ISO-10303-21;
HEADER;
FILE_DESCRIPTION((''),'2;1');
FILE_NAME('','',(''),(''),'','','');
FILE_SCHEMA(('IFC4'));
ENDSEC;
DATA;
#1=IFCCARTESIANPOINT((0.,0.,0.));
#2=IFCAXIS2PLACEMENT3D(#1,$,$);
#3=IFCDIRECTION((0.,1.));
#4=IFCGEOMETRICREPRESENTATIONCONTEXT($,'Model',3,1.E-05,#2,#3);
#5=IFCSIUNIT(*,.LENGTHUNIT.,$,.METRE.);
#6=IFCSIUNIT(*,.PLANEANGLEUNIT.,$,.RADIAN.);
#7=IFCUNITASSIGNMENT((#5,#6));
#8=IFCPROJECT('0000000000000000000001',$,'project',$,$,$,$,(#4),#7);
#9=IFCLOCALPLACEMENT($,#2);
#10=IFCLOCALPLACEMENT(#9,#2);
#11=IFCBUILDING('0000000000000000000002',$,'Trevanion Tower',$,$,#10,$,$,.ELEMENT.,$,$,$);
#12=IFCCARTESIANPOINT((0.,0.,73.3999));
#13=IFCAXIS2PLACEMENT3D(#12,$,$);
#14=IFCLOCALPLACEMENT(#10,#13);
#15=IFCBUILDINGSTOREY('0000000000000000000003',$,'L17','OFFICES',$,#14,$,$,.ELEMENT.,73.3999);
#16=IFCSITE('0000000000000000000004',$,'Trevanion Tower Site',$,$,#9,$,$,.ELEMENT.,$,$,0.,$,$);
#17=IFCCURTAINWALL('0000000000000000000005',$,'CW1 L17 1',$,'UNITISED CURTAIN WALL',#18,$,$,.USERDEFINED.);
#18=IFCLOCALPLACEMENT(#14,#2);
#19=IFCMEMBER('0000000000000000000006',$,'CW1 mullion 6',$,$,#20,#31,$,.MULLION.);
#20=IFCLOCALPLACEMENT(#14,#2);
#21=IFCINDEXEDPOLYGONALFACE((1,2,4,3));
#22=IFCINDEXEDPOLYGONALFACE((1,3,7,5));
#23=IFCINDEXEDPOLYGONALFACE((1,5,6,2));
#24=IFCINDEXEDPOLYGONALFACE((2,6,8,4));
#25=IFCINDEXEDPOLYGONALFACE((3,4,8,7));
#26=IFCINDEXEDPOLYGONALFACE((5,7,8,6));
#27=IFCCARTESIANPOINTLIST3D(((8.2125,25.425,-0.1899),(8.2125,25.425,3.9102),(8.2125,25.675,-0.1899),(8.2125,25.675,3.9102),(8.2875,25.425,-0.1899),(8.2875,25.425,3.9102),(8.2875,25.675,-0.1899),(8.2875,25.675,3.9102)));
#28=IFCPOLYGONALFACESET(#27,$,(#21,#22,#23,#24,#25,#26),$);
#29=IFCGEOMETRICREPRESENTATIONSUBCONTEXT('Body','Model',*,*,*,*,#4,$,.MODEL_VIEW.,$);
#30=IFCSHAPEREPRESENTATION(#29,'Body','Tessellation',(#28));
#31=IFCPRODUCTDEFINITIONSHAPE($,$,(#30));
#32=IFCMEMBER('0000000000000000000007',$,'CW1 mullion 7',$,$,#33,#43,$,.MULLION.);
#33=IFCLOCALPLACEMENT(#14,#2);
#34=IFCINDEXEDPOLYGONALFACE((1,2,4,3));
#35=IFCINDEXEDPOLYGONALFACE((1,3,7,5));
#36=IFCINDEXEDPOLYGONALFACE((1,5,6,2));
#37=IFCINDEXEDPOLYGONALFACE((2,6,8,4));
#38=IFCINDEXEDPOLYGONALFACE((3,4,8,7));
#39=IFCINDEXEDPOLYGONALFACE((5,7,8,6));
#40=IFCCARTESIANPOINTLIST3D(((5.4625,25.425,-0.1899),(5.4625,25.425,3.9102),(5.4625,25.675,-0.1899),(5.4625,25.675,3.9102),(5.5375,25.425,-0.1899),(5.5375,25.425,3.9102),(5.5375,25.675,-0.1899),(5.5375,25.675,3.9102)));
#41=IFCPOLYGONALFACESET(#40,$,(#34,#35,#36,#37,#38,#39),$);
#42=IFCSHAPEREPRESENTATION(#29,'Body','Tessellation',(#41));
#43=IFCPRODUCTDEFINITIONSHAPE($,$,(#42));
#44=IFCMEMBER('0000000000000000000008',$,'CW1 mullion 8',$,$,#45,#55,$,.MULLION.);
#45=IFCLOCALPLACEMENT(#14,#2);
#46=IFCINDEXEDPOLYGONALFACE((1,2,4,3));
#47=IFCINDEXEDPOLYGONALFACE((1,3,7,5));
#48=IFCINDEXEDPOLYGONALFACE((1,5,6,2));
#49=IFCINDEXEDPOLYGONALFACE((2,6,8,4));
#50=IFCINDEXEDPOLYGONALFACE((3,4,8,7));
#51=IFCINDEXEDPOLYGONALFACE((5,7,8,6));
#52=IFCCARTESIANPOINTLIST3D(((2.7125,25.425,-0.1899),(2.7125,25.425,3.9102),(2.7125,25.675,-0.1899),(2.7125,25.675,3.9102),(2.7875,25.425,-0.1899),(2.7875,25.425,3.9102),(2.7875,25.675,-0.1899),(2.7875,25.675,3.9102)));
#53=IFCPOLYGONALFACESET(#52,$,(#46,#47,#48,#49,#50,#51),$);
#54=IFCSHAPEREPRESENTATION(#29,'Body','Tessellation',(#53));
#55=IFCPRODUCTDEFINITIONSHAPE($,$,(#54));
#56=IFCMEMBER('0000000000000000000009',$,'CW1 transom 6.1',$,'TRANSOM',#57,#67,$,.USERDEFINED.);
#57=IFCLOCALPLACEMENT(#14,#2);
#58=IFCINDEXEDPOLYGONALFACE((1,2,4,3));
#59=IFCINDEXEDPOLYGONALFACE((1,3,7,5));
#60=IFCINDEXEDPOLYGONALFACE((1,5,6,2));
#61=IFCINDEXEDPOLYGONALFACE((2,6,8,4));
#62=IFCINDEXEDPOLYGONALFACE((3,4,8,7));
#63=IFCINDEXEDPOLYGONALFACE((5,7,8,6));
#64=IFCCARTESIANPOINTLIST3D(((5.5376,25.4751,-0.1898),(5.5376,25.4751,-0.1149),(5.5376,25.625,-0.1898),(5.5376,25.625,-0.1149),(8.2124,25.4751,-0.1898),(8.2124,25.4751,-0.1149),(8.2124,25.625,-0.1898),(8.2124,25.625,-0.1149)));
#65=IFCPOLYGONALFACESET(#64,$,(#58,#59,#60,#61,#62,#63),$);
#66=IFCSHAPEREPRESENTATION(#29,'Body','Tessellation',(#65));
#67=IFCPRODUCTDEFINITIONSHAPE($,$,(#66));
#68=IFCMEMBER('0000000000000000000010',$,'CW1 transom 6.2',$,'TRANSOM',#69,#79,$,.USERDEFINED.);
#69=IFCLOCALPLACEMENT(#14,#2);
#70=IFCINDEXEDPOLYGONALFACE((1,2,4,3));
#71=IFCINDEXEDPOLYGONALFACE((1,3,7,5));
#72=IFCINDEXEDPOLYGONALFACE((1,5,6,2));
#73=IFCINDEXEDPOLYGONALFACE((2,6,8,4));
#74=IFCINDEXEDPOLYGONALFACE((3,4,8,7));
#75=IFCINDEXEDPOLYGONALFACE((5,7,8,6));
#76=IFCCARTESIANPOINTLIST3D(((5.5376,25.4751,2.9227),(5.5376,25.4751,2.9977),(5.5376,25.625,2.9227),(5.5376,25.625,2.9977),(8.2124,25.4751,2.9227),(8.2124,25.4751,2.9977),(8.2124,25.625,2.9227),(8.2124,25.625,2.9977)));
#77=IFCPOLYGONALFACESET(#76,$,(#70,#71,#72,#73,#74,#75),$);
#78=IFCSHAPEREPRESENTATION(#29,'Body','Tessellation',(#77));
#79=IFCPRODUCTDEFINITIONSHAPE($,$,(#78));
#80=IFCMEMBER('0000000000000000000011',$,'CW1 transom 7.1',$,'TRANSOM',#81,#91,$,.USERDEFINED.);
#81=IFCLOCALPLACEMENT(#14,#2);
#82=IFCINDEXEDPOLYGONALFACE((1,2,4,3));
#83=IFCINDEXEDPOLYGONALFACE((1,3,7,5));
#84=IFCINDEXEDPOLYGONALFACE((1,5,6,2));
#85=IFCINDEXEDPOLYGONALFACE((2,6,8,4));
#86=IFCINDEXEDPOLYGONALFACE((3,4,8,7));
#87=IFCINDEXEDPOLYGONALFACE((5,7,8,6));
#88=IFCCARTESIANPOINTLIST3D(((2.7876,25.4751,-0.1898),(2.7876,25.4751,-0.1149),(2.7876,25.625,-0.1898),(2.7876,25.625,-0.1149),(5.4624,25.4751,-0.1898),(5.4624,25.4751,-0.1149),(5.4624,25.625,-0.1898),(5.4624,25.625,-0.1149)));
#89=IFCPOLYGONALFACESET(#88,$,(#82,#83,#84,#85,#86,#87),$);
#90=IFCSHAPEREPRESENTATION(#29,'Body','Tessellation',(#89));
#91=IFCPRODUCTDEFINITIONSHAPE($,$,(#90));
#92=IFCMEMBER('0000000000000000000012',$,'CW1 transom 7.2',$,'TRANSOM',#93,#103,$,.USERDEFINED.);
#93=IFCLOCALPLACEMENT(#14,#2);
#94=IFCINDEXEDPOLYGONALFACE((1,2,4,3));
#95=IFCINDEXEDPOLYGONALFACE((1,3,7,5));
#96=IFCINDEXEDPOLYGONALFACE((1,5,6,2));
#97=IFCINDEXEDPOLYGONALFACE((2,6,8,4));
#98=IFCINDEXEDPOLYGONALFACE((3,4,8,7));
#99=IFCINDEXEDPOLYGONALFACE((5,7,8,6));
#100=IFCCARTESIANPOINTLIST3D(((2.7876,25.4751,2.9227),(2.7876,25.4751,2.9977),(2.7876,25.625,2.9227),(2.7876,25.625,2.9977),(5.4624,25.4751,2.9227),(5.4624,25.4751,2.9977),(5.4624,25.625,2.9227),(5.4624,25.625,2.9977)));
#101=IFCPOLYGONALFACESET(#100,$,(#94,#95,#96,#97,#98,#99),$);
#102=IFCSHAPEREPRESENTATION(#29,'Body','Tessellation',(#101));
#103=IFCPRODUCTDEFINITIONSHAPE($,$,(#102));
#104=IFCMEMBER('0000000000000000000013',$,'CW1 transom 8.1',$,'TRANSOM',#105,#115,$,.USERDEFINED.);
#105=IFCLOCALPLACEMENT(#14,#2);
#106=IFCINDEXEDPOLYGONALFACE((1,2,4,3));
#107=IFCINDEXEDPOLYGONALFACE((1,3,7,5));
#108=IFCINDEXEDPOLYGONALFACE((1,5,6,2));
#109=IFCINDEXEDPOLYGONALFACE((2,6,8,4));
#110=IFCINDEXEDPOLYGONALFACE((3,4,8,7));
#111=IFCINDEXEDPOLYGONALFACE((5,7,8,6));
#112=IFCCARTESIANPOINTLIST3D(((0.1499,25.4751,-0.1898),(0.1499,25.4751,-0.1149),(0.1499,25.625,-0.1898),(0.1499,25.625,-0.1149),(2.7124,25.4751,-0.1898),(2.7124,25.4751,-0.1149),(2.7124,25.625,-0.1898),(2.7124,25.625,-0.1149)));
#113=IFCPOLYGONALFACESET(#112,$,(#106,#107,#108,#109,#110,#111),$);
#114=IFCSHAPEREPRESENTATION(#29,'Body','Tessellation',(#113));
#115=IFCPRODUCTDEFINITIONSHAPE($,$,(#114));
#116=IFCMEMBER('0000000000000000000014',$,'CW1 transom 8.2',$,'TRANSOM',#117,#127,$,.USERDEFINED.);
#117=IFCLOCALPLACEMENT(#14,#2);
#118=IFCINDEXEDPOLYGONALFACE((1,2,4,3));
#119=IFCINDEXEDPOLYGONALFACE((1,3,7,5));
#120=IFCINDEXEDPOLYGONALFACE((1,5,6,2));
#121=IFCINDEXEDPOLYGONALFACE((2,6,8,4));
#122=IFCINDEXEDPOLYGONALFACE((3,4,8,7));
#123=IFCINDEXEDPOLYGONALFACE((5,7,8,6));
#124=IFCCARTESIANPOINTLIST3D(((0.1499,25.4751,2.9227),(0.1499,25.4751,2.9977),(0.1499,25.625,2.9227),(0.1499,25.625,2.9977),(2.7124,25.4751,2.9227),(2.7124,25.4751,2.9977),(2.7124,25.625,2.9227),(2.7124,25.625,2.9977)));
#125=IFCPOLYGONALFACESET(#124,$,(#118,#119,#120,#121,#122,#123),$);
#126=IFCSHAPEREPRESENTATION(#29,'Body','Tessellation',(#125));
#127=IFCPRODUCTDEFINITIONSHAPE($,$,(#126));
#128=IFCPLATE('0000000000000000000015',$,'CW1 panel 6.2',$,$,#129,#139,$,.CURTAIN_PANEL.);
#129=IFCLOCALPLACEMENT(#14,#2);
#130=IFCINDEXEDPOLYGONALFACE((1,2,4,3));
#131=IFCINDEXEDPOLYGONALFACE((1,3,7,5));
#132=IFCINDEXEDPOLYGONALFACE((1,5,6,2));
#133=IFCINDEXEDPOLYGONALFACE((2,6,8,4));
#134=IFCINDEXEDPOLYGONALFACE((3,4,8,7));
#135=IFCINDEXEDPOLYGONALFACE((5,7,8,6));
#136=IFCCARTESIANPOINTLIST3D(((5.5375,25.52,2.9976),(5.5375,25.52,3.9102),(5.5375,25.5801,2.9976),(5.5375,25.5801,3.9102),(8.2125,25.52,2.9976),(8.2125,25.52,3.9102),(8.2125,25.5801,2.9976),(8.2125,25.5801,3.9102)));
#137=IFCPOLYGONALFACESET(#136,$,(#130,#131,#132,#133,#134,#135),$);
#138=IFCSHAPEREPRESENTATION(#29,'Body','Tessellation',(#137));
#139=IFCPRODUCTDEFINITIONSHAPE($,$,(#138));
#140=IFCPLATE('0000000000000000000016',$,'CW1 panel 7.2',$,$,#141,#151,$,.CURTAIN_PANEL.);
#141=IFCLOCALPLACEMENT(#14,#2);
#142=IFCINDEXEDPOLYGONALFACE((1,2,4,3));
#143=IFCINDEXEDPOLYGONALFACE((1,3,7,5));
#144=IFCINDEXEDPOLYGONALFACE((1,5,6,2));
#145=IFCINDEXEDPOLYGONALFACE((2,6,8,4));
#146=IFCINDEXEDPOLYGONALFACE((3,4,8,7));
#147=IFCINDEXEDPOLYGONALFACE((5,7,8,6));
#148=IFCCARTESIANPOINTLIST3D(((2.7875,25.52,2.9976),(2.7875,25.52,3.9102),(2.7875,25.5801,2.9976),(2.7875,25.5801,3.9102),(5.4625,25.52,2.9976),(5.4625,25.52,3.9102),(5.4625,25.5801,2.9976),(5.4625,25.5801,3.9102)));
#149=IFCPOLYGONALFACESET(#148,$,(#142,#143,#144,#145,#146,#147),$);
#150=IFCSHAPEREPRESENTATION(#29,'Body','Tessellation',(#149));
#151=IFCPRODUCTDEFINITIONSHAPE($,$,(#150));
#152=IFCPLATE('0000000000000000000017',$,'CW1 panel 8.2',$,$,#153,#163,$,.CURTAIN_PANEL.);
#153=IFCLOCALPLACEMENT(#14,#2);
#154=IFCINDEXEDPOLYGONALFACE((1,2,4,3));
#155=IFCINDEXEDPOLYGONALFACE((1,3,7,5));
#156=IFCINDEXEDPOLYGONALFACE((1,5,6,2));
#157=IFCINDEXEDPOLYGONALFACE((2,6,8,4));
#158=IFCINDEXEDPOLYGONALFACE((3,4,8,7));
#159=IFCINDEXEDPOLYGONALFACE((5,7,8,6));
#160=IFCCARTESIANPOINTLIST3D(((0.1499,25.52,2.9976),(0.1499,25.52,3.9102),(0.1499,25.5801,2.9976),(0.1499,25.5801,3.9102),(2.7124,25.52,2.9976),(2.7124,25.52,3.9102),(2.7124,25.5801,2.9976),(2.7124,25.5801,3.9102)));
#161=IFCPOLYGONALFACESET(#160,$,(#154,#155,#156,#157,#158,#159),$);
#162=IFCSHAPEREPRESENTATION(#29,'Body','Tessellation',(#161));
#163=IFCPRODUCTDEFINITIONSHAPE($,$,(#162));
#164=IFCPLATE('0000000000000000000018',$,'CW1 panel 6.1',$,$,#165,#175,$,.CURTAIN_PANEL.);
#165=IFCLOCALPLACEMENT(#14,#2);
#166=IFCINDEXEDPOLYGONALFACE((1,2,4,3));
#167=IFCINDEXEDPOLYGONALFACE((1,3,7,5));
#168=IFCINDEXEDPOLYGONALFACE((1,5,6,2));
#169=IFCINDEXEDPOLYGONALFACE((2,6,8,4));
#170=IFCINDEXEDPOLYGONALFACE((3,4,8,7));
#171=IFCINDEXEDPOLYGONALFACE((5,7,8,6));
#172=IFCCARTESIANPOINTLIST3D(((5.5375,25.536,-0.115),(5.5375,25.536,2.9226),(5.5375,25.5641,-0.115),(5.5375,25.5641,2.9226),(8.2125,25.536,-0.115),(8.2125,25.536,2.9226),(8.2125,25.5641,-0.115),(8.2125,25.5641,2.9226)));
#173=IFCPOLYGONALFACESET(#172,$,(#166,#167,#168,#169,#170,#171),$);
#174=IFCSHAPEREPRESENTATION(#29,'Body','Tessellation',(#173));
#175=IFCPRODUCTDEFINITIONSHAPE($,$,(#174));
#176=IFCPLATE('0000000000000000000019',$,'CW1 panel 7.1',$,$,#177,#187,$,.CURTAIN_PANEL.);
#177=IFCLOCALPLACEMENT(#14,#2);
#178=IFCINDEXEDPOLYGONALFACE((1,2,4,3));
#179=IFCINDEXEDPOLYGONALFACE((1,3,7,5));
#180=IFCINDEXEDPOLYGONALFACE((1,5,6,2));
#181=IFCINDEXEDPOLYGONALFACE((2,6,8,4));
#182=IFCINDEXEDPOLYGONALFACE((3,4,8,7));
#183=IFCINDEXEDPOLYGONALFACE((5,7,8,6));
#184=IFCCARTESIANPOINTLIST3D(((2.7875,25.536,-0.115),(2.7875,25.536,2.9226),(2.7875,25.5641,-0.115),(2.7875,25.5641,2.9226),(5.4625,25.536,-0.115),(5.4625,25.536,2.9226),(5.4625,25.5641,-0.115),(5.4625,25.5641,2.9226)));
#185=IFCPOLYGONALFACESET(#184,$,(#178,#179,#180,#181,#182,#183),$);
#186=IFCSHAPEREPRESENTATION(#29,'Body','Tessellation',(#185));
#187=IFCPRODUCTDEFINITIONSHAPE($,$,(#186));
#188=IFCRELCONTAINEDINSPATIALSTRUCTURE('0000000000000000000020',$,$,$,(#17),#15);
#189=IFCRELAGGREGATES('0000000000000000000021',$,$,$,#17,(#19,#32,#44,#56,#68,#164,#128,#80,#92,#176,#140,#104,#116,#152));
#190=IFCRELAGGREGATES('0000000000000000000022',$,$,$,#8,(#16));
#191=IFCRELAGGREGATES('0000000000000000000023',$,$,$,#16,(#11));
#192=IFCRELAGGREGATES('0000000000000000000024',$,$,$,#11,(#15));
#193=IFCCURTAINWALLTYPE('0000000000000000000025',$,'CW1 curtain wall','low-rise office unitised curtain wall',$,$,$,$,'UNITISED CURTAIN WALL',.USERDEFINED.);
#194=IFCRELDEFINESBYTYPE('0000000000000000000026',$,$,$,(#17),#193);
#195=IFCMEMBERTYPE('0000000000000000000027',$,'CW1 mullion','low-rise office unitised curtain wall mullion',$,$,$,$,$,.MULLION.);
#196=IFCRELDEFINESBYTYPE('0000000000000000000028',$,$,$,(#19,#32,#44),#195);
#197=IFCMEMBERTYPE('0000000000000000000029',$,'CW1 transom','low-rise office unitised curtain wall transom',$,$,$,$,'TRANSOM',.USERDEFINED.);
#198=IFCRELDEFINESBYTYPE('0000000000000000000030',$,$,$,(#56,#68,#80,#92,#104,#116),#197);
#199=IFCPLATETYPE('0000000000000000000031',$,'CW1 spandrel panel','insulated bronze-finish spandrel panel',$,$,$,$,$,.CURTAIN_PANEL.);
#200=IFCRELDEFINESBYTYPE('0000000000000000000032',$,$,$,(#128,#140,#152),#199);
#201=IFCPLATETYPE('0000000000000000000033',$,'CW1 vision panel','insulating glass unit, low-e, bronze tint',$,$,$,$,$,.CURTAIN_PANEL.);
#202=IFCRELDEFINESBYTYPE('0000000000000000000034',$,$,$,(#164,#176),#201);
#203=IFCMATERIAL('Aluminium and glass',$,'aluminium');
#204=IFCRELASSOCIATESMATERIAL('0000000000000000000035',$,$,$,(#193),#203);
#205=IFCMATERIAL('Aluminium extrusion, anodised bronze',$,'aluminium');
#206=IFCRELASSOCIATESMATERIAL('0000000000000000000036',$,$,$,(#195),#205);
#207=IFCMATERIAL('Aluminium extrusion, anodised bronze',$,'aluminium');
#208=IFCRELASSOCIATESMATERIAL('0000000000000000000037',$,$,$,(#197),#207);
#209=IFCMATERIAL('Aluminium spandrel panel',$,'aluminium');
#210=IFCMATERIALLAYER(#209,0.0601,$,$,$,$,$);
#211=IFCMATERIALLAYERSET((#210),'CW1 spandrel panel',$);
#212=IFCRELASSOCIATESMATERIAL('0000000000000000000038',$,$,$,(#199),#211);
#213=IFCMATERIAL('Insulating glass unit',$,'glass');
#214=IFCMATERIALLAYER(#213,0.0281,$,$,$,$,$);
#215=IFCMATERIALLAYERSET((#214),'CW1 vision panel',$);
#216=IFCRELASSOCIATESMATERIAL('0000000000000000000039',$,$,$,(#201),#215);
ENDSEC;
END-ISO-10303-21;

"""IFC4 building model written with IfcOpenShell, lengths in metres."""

from ifc_helpers import new_model, si_unit, direction, frame, origin, origin_2d, place, context, subcontext, project, spatial, rectangle, extrude, material, layer, layer_set, material_profile, profile_set, type_object, element, aggregate, save


model = new_model("IFC4")

# Units and contexts
model_context = context("Model", 3, precision=1e-05, world=origin(), true_north=direction((0.0, 1.0)))
body_context = subcontext(model_context, "Body", "Model", "MODEL_VIEW")
ifc_project = project(units=[si_unit("LENGTHUNIT", "METRE"), si_unit("PLANEANGLEUNIT", "RADIAN")], contexts=[model_context])

# Site, building, storey
site_placement = place(None, origin())
site = spatial("IfcSite", under=ifc_project, at=site_placement, Name="Trevanion Tower Site", CompositionType="ELEMENT", RefElevation=0.0)
building_placement = place(site_placement, origin())
building = spatial("IfcBuilding", under=site, at=building_placement, Name="Trevanion Tower", CompositionType="ELEMENT")
storey_placement = place(building_placement, frame((0.0, 0.0, 73.3999)))
storey = spatial("IfcBuildingStorey", under=building, at=storey_placement, Name="L17", Description="OFFICES", CompositionType="ELEMENT", Elevation=73.3999)

# Curtain wall, members, plates
ifc_material_1 = material(Name="Aluminium and glass", Category="aluminium")
curtain_wall_type = type_object("IfcCurtainWallType", Name="CW1 curtain wall", Description="low-rise office unitised curtain wall", ElementType="UNITISED CURTAIN WALL", PredefinedType="USERDEFINED", material=ifc_material_1)
curtain_wall_placement = place(storey_placement, origin())
curtain_wall = element("IfcCurtainWall", 1, at=curtain_wall_placement, inside=storey, type_object=curtain_wall_type, Name="CW1 L17 1", ObjectType="UNITISED CURTAIN WALL", PredefinedType="USERDEFINED")
ifc_material_2 = material(Name="Aluminium extrusion, anodised bronze", Category="aluminium")
ifc_material_profile_1 = material_profile(ifc_material_2, rectangle(XDim=0.075, YDim=0.25, at=origin_2d()), Name="CW1 mullion")
ifc_profile_set_1 = profile_set([ifc_material_profile_1], Name="Aluminium extrusion, anodised bronze")
member_type_1 = type_object("IfcMemberType", Name="CW1 mullion", Description="low-rise office unitised curtain wall mullion", PredefinedType="MULLION", material=ifc_profile_set_1)
member_1_placement = place(storey_placement, frame((8.25, 25.55, -0.1899), z_axis=(0.0, 0.0, 1.0), x_axis=(-1.0, 0.0, 0.0)))
member_1 = element("IfcMember", 2, at=member_1_placement, type_object=member_type_1, Name="CW1 mullion 6", PredefinedType="MULLION", context=body_context, shape_type="SweptSolid", body=[
    extrude(rectangle(XDim=0.075, YDim=0.25, at=origin_2d()), origin(), (0.0, 0.0, 1.0), 4.1001),
])
member_2_placement = place(storey_placement, frame((5.5, 25.55, -0.1899), z_axis=(0.0, 0.0, 1.0), x_axis=(-1.0, 0.0, 0.0)))
member_2 = element("IfcMember", 3, at=member_2_placement, type_object=member_type_1, Name="CW1 mullion 7", PredefinedType="MULLION", context=body_context, shape_type="SweptSolid", body=[
    extrude(rectangle(XDim=0.075, YDim=0.25, at=origin_2d()), origin(), (0.0, 0.0, 1.0), 4.1001),
])
member_3_placement = place(storey_placement, frame((2.75, 25.55, -0.1899), z_axis=(0.0, 0.0, 1.0), x_axis=(-1.0, 0.0, 0.0)))
member_3 = element("IfcMember", 4, at=member_3_placement, type_object=member_type_1, Name="CW1 mullion 8", PredefinedType="MULLION", context=body_context, shape_type="SweptSolid", body=[
    extrude(rectangle(XDim=0.075, YDim=0.25, at=origin_2d()), origin(), (0.0, 0.0, 1.0), 4.1001),
])
ifc_material_3 = material(Name="Aluminium extrusion, anodised bronze", Category="aluminium")
ifc_material_profile_2 = material_profile(ifc_material_3, rectangle(XDim=0.1499, YDim=0.075, at=origin_2d()), Name="CW1 transom")
ifc_profile_set_2 = profile_set([ifc_material_profile_2], Name="Aluminium extrusion, anodised bronze")
member_type_2 = type_object("IfcMemberType", Name="CW1 transom", Description="low-rise office unitised curtain wall transom", ElementType="TRANSOM", PredefinedType="USERDEFINED", material=ifc_profile_set_2)
member_4_placement = place(storey_placement, frame((8.2124, 25.55, -0.1523), z_axis=(-1.0, 0.0, 0.0), x_axis=(0.0, -1.0, 0.0)))
member_4 = element("IfcMember", 5, at=member_4_placement, type_object=member_type_2, Name="CW1 transom 6.1", ObjectType="TRANSOM", PredefinedType="USERDEFINED", context=body_context, shape_type="SweptSolid", body=[
    extrude(rectangle(XDim=0.1499, YDim=0.075, at=origin_2d()), origin(), (0.0, 0.0, 1.0), 2.6748),
])
member_5_placement = place(storey_placement, frame((8.2124, 25.55, 2.9602), z_axis=(-1.0, 0.0, 0.0), x_axis=(0.0, -1.0, 0.0)))
member_5 = element("IfcMember", 6, at=member_5_placement, type_object=member_type_2, Name="CW1 transom 6.2", ObjectType="TRANSOM", PredefinedType="USERDEFINED", context=body_context, shape_type="SweptSolid", body=[
    extrude(rectangle(XDim=0.1499, YDim=0.075, at=origin_2d()), origin(), (0.0, 0.0, 1.0), 2.6748),
])
member_6_placement = place(storey_placement, frame((5.4624, 25.55, -0.1523), z_axis=(-1.0, 0.0, 0.0), x_axis=(0.0, -1.0, 0.0)))
member_6 = element("IfcMember", 7, at=member_6_placement, type_object=member_type_2, Name="CW1 transom 7.1", ObjectType="TRANSOM", PredefinedType="USERDEFINED", context=body_context, shape_type="SweptSolid", body=[
    extrude(rectangle(XDim=0.1499, YDim=0.075, at=origin_2d()), origin(), (0.0, 0.0, 1.0), 2.6748),
])
member_7_placement = place(storey_placement, frame((5.4624, 25.55, 2.9602), z_axis=(-1.0, 0.0, 0.0), x_axis=(0.0, -1.0, 0.0)))
member_7 = element("IfcMember", 8, at=member_7_placement, type_object=member_type_2, Name="CW1 transom 7.2", ObjectType="TRANSOM", PredefinedType="USERDEFINED", context=body_context, shape_type="SweptSolid", body=[
    extrude(rectangle(XDim=0.1499, YDim=0.075, at=origin_2d()), origin(), (0.0, 0.0, 1.0), 2.6748),
])
member_8_placement = place(storey_placement, frame((2.7124, 25.55, -0.1523), z_axis=(-1.0, 0.0, 0.0), x_axis=(0.0, -1.0, 0.0)))
member_8 = element("IfcMember", 9, at=member_8_placement, type_object=member_type_2, Name="CW1 transom 8.1", ObjectType="TRANSOM", PredefinedType="USERDEFINED", context=body_context, shape_type="SweptSolid", body=[
    extrude(rectangle(XDim=0.1499, YDim=0.075, at=origin_2d()), origin(), (0.0, 0.0, 1.0), 2.5625),
])
member_9_placement = place(storey_placement, frame((2.7124, 25.55, 2.9602), z_axis=(-1.0, 0.0, 0.0), x_axis=(0.0, -1.0, 0.0)))
member_9 = element("IfcMember", 10, at=member_9_placement, type_object=member_type_2, Name="CW1 transom 8.2", ObjectType="TRANSOM", PredefinedType="USERDEFINED", context=body_context, shape_type="SweptSolid", body=[
    extrude(rectangle(XDim=0.1499, YDim=0.075, at=origin_2d()), origin(), (0.0, 0.0, 1.0), 2.5625),
])
ifc_material_4 = material(Name="Aluminium spandrel panel", Category="aluminium")
ifc_layer_1 = layer(ifc_material_4, 0.0601)
ifc_layer_set_1 = layer_set([ifc_layer_1], Name="CW1 spandrel panel")
plate_type_1 = type_object("IfcPlateType", Name="CW1 spandrel panel", Description="insulated bronze-finish spandrel panel", PredefinedType="CURTAIN_PANEL", material=ifc_layer_set_1)
plate_1_placement = place(storey_placement, frame((6.875, 25.55, 2.9976), z_axis=(0.0, 0.0, 1.0), x_axis=(-1.0, 0.0, 0.0)))
plate_1 = element("IfcPlate", 11, at=plate_1_placement, type_object=plate_type_1, Name="CW1 panel 6.2", PredefinedType="CURTAIN_PANEL", context=body_context, shape_type="SweptSolid", body=[
    extrude(rectangle(XDim=2.675, YDim=0.0601, at=origin_2d()), origin(), (0.0, 0.0, 1.0), 0.9126),
])
plate_2_placement = place(storey_placement, frame((4.125, 25.55, 2.9976), z_axis=(0.0, 0.0, 1.0), x_axis=(-1.0, 0.0, 0.0)))
plate_2 = element("IfcPlate", 12, at=plate_2_placement, type_object=plate_type_1, Name="CW1 panel 7.2", PredefinedType="CURTAIN_PANEL", context=body_context, shape_type="SweptSolid", body=[
    extrude(rectangle(XDim=2.675, YDim=0.0601, at=origin_2d()), origin(), (0.0, 0.0, 1.0), 0.9126),
])
plate_3_placement = place(storey_placement, frame((1.4312, 25.55, 2.9976), z_axis=(0.0, 0.0, 1.0), x_axis=(-1.0, 0.0, 0.0)))
plate_3 = element("IfcPlate", 13, at=plate_3_placement, type_object=plate_type_1, Name="CW1 panel 8.2", PredefinedType="CURTAIN_PANEL", context=body_context, shape_type="SweptSolid", body=[
    extrude(rectangle(XDim=2.5625, YDim=0.0601, at=origin_2d()), origin(), (0.0, 0.0, 1.0), 0.9126),
])
ifc_material_5 = material(Name="Insulating glass unit", Category="glass")
ifc_layer_2 = layer(ifc_material_5, 0.0281)
ifc_layer_set_2 = layer_set([ifc_layer_2], Name="CW1 vision panel")
plate_type_2 = type_object("IfcPlateType", Name="CW1 vision panel", Description="insulating glass unit, low-e, bronze tint", PredefinedType="CURTAIN_PANEL", material=ifc_layer_set_2)
plate_4_placement = place(storey_placement, frame((6.875, 25.55, -0.115), z_axis=(0.0, 0.0, 1.0), x_axis=(-1.0, 0.0, 0.0)))
plate_4 = element("IfcPlate", 14, at=plate_4_placement, type_object=plate_type_2, Name="CW1 panel 6.1", PredefinedType="CURTAIN_PANEL", context=body_context, shape_type="SweptSolid", body=[
    extrude(rectangle(XDim=2.675, YDim=0.0281, at=origin_2d()), origin(), (0.0, 0.0, 1.0), 3.0376),
])
plate_5_placement = place(storey_placement, frame((4.125, 25.55, -0.115), z_axis=(0.0, 0.0, 1.0), x_axis=(-1.0, 0.0, 0.0)))
plate_5 = element("IfcPlate", 15, at=plate_5_placement, type_object=plate_type_2, Name="CW1 panel 7.1", PredefinedType="CURTAIN_PANEL", context=body_context, shape_type="SweptSolid", body=[
    extrude(rectangle(XDim=2.675, YDim=0.0281, at=origin_2d()), origin(), (0.0, 0.0, 1.0), 3.0376),
])
aggregate(curtain_wall, [member_1, member_2, member_3, member_4, member_5, plate_4, plate_1, member_6, member_7, plate_5, plate_2, member_8, member_9, plate_3])

save(model, "model.ifc")
